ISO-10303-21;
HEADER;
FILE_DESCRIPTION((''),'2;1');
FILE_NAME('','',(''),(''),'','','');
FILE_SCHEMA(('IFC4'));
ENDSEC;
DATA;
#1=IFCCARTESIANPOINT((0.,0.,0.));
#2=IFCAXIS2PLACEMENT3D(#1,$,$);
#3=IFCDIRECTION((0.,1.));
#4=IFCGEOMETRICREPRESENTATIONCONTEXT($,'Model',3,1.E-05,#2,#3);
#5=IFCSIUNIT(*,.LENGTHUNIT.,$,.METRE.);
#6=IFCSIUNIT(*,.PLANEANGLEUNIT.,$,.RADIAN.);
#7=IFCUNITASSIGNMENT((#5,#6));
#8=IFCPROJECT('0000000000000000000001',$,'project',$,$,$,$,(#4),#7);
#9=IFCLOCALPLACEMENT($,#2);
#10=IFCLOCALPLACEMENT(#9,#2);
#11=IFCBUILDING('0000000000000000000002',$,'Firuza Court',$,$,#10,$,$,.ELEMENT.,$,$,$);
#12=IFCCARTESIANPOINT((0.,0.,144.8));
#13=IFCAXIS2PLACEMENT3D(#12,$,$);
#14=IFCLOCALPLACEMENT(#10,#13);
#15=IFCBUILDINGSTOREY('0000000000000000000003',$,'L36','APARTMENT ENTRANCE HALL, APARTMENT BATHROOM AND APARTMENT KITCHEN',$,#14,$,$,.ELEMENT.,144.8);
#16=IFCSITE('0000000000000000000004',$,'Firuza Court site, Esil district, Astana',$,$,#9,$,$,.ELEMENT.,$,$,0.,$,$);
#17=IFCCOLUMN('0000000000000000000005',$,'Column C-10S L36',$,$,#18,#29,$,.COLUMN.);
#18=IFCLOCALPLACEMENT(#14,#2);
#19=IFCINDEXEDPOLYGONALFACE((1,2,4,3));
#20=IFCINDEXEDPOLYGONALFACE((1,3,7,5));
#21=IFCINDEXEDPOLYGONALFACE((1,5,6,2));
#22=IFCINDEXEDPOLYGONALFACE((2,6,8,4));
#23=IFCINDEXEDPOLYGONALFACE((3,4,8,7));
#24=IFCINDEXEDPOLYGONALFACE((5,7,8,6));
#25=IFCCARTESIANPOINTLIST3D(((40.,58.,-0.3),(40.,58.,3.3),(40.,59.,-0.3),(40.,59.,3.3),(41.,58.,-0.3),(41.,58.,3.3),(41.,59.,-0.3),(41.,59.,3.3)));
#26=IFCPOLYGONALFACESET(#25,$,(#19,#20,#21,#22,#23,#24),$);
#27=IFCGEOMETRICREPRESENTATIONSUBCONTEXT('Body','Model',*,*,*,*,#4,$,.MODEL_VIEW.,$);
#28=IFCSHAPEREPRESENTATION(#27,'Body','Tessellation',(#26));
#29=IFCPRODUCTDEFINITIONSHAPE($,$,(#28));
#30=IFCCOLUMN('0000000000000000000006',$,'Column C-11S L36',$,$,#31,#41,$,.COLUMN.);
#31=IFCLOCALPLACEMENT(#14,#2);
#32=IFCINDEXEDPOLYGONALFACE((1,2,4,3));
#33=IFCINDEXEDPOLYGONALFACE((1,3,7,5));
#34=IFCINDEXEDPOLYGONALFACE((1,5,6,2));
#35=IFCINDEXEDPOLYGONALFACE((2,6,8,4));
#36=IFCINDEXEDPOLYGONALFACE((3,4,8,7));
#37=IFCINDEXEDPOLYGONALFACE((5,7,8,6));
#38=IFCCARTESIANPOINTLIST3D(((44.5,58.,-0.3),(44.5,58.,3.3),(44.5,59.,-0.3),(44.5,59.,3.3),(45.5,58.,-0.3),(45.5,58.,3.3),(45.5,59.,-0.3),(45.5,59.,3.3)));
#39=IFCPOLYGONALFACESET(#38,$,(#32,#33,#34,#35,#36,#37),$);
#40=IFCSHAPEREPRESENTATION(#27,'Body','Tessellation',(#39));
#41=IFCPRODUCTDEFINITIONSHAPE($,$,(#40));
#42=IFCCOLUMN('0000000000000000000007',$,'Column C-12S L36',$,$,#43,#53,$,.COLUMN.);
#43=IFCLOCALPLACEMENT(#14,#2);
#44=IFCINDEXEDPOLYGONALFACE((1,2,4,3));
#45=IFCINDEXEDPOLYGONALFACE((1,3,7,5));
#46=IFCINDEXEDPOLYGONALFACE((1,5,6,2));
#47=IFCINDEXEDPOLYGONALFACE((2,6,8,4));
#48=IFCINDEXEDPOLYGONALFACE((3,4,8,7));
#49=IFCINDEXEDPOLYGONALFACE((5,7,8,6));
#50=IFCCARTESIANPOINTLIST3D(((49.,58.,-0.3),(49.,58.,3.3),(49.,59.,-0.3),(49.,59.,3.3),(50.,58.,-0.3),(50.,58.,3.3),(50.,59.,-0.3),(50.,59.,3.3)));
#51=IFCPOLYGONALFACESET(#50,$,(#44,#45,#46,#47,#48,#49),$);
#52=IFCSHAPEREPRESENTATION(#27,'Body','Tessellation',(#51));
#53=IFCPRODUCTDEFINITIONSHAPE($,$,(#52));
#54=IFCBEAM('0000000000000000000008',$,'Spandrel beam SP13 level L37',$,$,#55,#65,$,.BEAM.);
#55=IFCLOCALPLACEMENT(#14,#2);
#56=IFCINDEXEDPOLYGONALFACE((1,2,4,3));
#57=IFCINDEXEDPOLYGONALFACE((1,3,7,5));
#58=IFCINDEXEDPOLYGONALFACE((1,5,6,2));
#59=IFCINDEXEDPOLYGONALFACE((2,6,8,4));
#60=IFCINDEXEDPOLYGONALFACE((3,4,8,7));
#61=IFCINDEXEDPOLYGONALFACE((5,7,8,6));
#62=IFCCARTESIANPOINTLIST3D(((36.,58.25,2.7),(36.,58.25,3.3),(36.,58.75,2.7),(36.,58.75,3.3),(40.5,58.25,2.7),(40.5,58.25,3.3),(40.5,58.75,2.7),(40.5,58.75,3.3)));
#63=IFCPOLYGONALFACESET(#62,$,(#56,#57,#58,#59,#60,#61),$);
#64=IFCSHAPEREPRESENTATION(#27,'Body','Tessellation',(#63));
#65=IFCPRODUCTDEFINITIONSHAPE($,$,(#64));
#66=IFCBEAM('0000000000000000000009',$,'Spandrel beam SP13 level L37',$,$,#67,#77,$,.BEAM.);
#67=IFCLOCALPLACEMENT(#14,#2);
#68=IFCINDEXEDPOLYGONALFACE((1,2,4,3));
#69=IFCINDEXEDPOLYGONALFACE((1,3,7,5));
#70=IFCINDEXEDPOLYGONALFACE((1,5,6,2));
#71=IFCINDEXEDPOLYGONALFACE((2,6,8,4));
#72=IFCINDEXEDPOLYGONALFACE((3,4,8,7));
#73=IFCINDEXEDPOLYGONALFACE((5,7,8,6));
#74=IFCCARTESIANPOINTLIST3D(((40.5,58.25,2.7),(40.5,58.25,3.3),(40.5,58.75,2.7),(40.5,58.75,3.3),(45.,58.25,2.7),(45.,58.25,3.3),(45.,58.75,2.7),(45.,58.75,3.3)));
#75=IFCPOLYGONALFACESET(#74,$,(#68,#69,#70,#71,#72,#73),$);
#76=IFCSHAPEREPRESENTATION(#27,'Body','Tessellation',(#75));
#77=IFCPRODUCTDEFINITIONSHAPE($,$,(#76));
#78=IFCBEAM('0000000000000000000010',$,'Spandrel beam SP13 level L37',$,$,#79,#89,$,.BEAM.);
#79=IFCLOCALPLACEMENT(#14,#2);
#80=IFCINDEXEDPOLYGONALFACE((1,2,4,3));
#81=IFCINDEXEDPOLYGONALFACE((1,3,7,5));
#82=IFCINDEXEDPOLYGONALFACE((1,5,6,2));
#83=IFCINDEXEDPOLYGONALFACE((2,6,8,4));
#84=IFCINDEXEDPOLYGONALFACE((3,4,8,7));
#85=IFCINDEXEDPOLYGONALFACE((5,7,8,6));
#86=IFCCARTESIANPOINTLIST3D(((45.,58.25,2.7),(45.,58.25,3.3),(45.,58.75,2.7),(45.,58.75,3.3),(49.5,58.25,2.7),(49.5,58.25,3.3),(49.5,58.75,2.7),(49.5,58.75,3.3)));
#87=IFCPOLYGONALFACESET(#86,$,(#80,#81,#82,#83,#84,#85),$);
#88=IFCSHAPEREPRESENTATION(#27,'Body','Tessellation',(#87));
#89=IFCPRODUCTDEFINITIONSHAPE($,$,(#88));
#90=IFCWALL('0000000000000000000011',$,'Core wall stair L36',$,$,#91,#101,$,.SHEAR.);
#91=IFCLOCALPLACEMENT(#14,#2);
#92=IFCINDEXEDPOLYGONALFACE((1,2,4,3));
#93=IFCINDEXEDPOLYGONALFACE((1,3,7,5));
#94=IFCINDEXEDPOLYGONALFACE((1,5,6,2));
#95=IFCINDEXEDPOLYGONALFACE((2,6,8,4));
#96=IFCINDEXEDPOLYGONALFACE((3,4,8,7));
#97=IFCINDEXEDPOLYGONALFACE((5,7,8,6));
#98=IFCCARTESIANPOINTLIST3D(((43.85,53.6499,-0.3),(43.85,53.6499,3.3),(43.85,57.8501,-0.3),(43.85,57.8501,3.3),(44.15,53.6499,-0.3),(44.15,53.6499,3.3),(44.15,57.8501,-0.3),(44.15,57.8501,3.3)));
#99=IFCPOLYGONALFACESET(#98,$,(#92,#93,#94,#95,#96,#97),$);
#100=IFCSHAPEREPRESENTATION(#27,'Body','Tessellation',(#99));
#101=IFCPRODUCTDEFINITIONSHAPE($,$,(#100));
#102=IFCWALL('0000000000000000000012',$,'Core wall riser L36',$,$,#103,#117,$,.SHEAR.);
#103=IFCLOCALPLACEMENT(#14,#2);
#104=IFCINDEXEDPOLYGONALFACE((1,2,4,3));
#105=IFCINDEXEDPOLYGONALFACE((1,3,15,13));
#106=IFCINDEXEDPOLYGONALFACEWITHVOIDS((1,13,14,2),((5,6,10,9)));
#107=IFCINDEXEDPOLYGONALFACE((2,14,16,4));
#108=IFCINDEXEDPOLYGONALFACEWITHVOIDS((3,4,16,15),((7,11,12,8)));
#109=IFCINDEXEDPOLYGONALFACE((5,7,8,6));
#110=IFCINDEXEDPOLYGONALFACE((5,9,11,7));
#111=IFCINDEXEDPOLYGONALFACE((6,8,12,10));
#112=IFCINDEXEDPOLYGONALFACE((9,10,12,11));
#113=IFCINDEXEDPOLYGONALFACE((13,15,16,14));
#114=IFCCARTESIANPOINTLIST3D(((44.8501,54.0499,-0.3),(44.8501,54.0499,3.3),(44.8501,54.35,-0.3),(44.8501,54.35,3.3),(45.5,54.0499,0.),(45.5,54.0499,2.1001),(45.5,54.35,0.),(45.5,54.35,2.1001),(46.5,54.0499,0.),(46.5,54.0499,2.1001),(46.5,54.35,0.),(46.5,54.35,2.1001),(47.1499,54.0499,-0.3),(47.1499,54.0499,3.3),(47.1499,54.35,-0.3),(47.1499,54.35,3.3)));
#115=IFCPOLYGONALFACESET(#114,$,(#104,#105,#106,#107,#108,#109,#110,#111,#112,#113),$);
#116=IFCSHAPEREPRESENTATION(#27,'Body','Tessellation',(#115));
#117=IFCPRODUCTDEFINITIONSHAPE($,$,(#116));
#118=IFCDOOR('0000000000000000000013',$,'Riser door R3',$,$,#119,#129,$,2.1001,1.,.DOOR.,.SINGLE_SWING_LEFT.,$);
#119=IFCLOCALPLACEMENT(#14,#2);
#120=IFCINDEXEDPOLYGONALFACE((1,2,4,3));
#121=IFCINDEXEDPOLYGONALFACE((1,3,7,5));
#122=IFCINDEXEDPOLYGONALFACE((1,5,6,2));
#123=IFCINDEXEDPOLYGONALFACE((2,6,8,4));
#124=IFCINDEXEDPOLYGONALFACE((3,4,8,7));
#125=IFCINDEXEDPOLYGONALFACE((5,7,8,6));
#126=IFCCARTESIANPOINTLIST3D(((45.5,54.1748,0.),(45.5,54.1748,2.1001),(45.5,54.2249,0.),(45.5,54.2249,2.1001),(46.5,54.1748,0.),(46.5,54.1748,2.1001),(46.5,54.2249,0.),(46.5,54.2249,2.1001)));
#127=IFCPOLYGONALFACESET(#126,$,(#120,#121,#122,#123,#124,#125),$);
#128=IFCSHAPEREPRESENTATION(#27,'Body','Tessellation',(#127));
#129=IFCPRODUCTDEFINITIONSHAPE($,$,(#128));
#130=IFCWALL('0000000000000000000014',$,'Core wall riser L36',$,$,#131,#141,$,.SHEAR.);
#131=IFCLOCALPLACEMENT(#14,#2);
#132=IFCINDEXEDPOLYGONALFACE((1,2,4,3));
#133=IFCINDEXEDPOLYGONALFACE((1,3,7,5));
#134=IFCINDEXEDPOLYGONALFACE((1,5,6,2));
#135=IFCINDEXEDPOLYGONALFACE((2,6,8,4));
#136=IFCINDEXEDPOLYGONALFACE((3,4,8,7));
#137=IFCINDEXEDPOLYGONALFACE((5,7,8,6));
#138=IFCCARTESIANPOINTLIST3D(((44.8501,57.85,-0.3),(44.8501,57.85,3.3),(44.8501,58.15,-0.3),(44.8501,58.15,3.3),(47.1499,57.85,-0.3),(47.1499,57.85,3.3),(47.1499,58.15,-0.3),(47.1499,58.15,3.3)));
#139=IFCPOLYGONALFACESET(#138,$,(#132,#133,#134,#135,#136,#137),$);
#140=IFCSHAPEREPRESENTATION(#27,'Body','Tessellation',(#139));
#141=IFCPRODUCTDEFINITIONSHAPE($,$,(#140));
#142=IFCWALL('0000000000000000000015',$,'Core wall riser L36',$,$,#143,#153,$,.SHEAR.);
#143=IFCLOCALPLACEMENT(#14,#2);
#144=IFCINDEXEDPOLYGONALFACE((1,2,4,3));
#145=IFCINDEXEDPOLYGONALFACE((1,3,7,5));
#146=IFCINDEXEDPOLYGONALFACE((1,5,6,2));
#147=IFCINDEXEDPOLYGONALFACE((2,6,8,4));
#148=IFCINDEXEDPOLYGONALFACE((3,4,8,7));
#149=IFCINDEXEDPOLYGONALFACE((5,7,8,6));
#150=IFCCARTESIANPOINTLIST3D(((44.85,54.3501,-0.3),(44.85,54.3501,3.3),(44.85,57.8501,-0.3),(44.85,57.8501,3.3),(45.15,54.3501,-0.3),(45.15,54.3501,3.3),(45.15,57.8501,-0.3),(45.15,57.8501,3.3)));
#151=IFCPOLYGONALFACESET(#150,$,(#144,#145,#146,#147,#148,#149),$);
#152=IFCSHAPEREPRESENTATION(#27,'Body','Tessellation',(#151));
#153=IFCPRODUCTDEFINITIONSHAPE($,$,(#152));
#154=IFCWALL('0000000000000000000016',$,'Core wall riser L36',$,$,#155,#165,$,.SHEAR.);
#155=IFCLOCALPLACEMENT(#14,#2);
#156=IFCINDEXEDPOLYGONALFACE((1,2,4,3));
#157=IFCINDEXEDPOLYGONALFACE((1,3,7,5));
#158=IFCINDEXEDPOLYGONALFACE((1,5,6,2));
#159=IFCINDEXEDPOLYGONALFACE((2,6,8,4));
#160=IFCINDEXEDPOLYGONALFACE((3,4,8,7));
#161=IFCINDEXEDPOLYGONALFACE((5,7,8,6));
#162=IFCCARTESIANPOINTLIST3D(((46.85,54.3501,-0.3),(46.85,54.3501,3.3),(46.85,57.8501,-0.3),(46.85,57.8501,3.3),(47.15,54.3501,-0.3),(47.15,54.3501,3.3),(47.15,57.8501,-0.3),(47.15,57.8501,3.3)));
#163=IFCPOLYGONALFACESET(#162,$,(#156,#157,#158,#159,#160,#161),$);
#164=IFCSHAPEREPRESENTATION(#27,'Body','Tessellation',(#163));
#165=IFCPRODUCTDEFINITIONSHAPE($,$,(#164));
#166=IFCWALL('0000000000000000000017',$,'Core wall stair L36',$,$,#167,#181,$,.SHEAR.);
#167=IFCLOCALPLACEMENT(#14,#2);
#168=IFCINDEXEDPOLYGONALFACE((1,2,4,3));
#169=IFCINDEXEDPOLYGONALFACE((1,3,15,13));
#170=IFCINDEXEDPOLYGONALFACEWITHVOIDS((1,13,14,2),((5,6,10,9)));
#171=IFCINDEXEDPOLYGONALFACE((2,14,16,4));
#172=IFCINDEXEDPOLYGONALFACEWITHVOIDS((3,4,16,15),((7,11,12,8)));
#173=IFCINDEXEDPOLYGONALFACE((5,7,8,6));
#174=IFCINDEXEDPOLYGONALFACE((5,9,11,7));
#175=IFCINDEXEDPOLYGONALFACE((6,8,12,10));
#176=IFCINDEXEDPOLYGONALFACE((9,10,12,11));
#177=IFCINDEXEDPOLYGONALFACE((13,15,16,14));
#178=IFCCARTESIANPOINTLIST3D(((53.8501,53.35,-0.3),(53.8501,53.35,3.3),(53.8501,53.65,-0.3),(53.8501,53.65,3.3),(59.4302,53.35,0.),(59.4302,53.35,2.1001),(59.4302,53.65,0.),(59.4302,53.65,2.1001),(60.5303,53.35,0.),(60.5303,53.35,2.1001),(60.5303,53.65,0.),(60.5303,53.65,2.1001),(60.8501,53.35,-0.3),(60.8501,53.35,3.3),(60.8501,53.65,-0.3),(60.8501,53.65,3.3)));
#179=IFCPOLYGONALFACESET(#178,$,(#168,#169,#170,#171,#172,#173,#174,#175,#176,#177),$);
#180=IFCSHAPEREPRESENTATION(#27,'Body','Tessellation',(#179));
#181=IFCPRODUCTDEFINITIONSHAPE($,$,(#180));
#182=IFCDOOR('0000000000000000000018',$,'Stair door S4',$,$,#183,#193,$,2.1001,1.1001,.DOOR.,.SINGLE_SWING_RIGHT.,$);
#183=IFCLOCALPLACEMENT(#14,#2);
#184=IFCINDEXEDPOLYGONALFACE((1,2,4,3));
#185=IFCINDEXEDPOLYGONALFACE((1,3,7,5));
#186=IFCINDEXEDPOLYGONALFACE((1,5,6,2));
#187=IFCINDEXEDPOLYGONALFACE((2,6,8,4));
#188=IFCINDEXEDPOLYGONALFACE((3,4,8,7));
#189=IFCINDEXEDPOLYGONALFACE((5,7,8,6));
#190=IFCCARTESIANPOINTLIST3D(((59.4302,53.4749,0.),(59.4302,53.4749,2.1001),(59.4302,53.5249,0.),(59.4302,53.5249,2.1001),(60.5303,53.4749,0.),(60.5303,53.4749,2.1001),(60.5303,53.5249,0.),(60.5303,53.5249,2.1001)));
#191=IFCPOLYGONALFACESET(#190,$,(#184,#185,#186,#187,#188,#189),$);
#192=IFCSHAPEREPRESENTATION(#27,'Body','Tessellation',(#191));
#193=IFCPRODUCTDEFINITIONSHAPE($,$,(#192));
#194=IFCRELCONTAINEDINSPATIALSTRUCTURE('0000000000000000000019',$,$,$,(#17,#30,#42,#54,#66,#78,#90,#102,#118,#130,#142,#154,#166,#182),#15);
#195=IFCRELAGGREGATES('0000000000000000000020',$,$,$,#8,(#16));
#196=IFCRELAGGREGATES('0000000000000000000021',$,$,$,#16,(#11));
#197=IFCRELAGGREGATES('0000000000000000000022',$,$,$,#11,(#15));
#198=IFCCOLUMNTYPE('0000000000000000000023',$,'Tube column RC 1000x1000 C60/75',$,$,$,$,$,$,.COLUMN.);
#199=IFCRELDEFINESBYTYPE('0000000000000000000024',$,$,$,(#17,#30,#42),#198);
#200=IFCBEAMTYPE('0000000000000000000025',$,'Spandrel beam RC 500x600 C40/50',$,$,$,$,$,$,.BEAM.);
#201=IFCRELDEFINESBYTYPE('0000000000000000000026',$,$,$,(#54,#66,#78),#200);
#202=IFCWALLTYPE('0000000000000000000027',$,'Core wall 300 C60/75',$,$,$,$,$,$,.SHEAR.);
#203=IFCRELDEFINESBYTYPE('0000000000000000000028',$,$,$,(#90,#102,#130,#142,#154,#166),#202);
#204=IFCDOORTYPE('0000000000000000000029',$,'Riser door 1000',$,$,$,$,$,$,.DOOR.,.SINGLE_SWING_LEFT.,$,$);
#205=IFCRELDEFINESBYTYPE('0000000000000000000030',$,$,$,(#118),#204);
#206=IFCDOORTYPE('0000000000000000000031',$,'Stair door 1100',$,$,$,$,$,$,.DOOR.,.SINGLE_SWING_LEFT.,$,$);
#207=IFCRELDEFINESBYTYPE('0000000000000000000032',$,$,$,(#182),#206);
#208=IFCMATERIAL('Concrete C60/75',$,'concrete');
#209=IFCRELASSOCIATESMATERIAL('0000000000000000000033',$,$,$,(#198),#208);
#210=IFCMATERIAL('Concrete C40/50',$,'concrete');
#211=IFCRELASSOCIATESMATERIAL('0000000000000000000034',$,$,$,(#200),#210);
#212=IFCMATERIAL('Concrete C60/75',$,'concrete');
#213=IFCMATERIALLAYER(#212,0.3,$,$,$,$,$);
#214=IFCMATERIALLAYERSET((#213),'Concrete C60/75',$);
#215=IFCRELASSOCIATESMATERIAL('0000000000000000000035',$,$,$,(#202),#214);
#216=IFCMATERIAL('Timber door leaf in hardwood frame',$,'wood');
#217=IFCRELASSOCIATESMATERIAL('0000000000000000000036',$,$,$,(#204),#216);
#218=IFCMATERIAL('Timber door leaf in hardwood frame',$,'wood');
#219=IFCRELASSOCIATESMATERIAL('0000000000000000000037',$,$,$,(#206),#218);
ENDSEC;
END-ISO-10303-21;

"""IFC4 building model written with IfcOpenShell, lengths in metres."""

from ifc_helpers import new_model, si_unit, direction, frame, frame_2d, origin, origin_2d, place, context, subcontext, project, spatial, rectangle, extrude, material, layer, layer_set, material_profile, profile_set, type_object, element, fill, save


model = new_model("IFC4")

# Units and contexts
model_context = context("Model", 3, precision=1e-05, world=origin(), true_north=direction((0.0, 1.0)))
body_context = subcontext(model_context, "Body", "Model", "MODEL_VIEW")
ifc_project = project(units=[si_unit("LENGTHUNIT", "METRE"), si_unit("PLANEANGLEUNIT", "RADIAN")], contexts=[model_context])

# Site, building, storey
site_placement = place(None, origin())
site = spatial("IfcSite", under=ifc_project, at=site_placement, Name="Firuza Court site, Esil district, Astana", CompositionType="ELEMENT", RefElevation=0.0)
building_placement = place(site_placement, origin())
building = spatial("IfcBuilding", under=site, at=building_placement, Name="Firuza Court", CompositionType="ELEMENT")
storey_placement = place(building_placement, frame((0.0, 0.0, 144.8)))
storey = spatial("IfcBuildingStorey", under=building, at=storey_placement, Name="L36", Description="APARTMENT ENTRANCE HALL, APARTMENT BATHROOM AND APARTMENT KITCHEN", CompositionType="ELEMENT", Elevation=144.8)

# Columns
ifc_material_1 = material(Name="Concrete C60/75", Category="concrete")
ifc_material_profile_1 = material_profile(ifc_material_1, rectangle(XDim=1.0, YDim=1.0, at=origin_2d()), Name="RC 1000x1000")
ifc_profile_set_1 = profile_set([ifc_material_profile_1], Name="Concrete C60/75")
column_type = type_object("IfcColumnType", Name="Tube column RC 1000x1000 C60/75", PredefinedType="COLUMN", material=ifc_profile_set_1)
for number, where, z_axis, x_axis, name in (
    (1, (40.5, 58.5, -0.3), (0.0, 0.0, 1.0), (1.0, 0.0, 0.0), "Column C-10S L36"),
    (2, (45.0, 58.5, -0.3), (0.0, 0.0, 1.0), (1.0, 0.0, 0.0), "Column C-11S L36"),
    (3, (49.5, 58.5, -0.3), (0.0, 0.0, 1.0), (1.0, 0.0, 0.0), "Column C-12S L36"),
):
    element("IfcColumn", number, at=place(storey_placement, frame(where, z_axis=z_axis, x_axis=x_axis)), inside=storey, type_object=column_type, Name=name, PredefinedType="COLUMN", context=body_context, shape_type="SweptSolid", body=[
        extrude(rectangle(XDim=1.0, YDim=1.0, at=origin_2d()), origin(), (0.0, 0.0, 1.0), 3.6001),
    ])

# Beams
ifc_material_2 = material(Name="Concrete C40/50", Category="concrete")
ifc_material_profile_2 = material_profile(ifc_material_2, rectangle(XDim=0.5, YDim=0.6001, at=origin_2d()), Name="RC 500x600")
ifc_profile_set_2 = profile_set([ifc_material_profile_2], Name="Concrete C40/50")
beam_type = type_object("IfcBeamType", Name="Spandrel beam RC 500x600 C40/50", PredefinedType="BEAM", material=ifc_profile_set_2)
for number, where, z_axis, x_axis, name in (
    (4, (40.5, 58.5, 3.0), (-1.0, 0.0, 0.0), (0.0, -1.0, 0.0), "Spandrel beam SP13 level L37"),
    (5, (45.0, 58.5, 3.0), (-1.0, 0.0, 0.0), (0.0, -1.0, 0.0), "Spandrel beam SP13 level L37"),
    (6, (49.5, 58.5, 3.0), (-1.0, 0.0, 0.0), (0.0, -1.0, 0.0), "Spandrel beam SP13 level L37"),
):
    element("IfcBeam", number, at=place(storey_placement, frame(where, z_axis=z_axis, x_axis=x_axis)), inside=storey, type_object=beam_type, Name=name, PredefinedType="BEAM", context=body_context, shape_type="SweptSolid", body=[
        extrude(rectangle(XDim=0.5, YDim=0.6001, at=origin_2d()), origin(), (0.0, 0.0, 1.0), 4.5),
    ])

# Wall
ifc_material_3 = material(Name="Concrete C60/75", Category="concrete")
ifc_layer_1 = layer(ifc_material_3, 0.3)
ifc_layer_set_1 = layer_set([ifc_layer_1], Name="Concrete C60/75")
wall_type_1 = type_object("IfcWallType", Name="Core wall 300 C60/75", PredefinedType="SHEAR", material=ifc_layer_set_1)
wall_1_placement = place(storey_placement, frame((44.0, 53.6499, -0.3), z_axis=(0.0, 0.0, 1.0), x_axis=(0.0, 1.0, 0.0)))
element("IfcWall", 7, at=wall_1_placement, inside=storey, type_object=wall_type_1, Name="Core wall stair L36", PredefinedType="SHEAR", context=body_context, shape_type="SweptSolid", body=[
    extrude(rectangle(XDim=4.2002, YDim=0.3, at=frame_2d((2.1001, 0.0))), origin(), (0.0, 0.0, 1.0), 3.6001),
])

# Wall, opening, door
wall_2_placement = place(storey_placement, frame((44.8501, 54.2, -0.3), z_axis=(0.0, 0.0, 1.0), x_axis=(1.0, 0.0, 0.0)))
wall_2 = element("IfcWall", 8, at=wall_2_placement, inside=storey, type_object=wall_type_1, Name="Core wall riser L36", PredefinedType="SHEAR", context=body_context, shape_type="SweptSolid", body=[
    extrude(rectangle(XDim=2.2998, YDim=0.3, at=frame_2d((1.1499, 0.0))), origin(), (0.0, 0.0, 1.0), 3.6001),
])
opening_1_placement = place(wall_2_placement, frame((0.6499, 0.0, 0.3)))
opening_1 = element("IfcOpeningElement", 9, at=opening_1_placement, cuts=wall_2, PredefinedType="OPENING", context=body_context, shape_type="SweptSolid", body=[
    extrude(rectangle(XDim=1.0, YDim=2.1001, at=frame_2d((0.5, 1.05))), frame((0.0, 0.1621, 0.0), z_axis=(0.0, -1.0, 0.0), x_axis=(1.0, 0.0, 0.0)), (0.0, 0.0, 1.0), 0.324),
])
ifc_material_4 = material(Name="Timber door leaf in hardwood frame", Category="wood")
door_type_1 = type_object("IfcDoorType", Name="Riser door 1000", OperationType="SINGLE_SWING_LEFT", PredefinedType="DOOR", material=ifc_material_4)
door_1_placement = place(opening_1_placement, origin())
door_1 = element("IfcDoor", 10, at=door_1_placement, inside=storey, type_object=door_type_1, Name="Riser door R3", OperationType="SINGLE_SWING_LEFT", OverallHeight=2.1001, OverallWidth=1.0, PredefinedType="DOOR", context=body_context, shape_type="SweptSolid", body=[
    extrude(rectangle(XDim=1.0, YDim=2.1001, at=frame_2d((0.5, 1.05))), frame((0.0, 0.0249, 0.0), z_axis=(0.0, -1.0, 0.0), x_axis=(1.0, 0.0, 0.0)), (0.0, 0.0, 1.0), 0.05),
])
fill(opening_1, door_1)

# Walls
wall_3_placement = place(storey_placement, frame((44.8501, 58.0, -0.3), z_axis=(0.0, 0.0, 1.0), x_axis=(1.0, 0.0, 0.0)))
element("IfcWall", 11, at=wall_3_placement, inside=storey, type_object=wall_type_1, Name="Core wall riser L36", PredefinedType="SHEAR", context=body_context, shape_type="SweptSolid", body=[
    extrude(rectangle(XDim=2.2998, YDim=0.3, at=frame_2d((1.1499, 0.0))), origin(), (0.0, 0.0, 1.0), 3.6001),
])
for number, where, z_axis, x_axis, name in (
    (12, (45.0, 54.3501, -0.3), (0.0, 0.0, 1.0), (0.0, 1.0, 0.0), "Core wall riser L36"),
    (13, (47.0, 54.3501, -0.3), (0.0, 0.0, 1.0), (0.0, 1.0, 0.0), "Core wall riser L36"),
):
    element("IfcWall", number, at=place(storey_placement, frame(where, z_axis=z_axis, x_axis=x_axis)), inside=storey, type_object=wall_type_1, Name=name, PredefinedType="SHEAR", context=body_context, shape_type="SweptSolid", body=[
        extrude(rectangle(XDim=3.5, YDim=0.3, at=frame_2d((1.75, 0.0))), origin(), (0.0, 0.0, 1.0), 3.6001),
    ])

# Wall, opening, door
wall_4_placement = place(storey_placement, frame((53.8501, 53.5, -0.3), z_axis=(0.0, 0.0, 1.0), x_axis=(1.0, 0.0, 0.0)))
wall_4 = element("IfcWall", 14, at=wall_4_placement, inside=storey, type_object=wall_type_1, Name="Core wall stair L36", PredefinedType="SHEAR", context=body_context, shape_type="SweptSolid", body=[
    extrude(rectangle(XDim=7.0, YDim=0.3, at=frame_2d((3.5, 0.0))), origin(), (0.0, 0.0, 1.0), 3.6001),
])
opening_2_placement = place(wall_4_placement, frame((5.5801, 0.0, 0.3)))
opening_2 = element("IfcOpeningElement", 15, at=opening_2_placement, cuts=wall_4, PredefinedType="OPENING", context=body_context, shape_type="SweptSolid", body=[
    extrude(rectangle(XDim=1.1001, YDim=2.1001, at=frame_2d((0.55, 1.05))), frame((0.0, 0.1621, 0.0), z_axis=(0.0, -1.0, 0.0), x_axis=(1.0, 0.0, 0.0)), (0.0, 0.0, 1.0), 0.324),
])
ifc_material_5 = material(Name="Timber door leaf in hardwood frame", Category="wood")
door_type_2 = type_object("IfcDoorType", Name="Stair door 1100", OperationType="SINGLE_SWING_LEFT", PredefinedType="DOOR", material=ifc_material_5)
door_2_placement = place(opening_2_placement, origin())
door_2 = element("IfcDoor", 16, at=door_2_placement, inside=storey, type_object=door_type_2, Name="Stair door S4", OperationType="SINGLE_SWING_RIGHT", OverallHeight=2.1001, OverallWidth=1.1001, PredefinedType="DOOR", context=body_context, shape_type="SweptSolid", body=[
    extrude(rectangle(XDim=1.1001, YDim=2.1001, at=frame_2d((0.55, 1.05))), frame((0.0, 0.0249, 0.0), z_axis=(0.0, -1.0, 0.0), x_axis=(1.0, 0.0, 0.0)), (0.0, 0.0, 1.0), 0.05),
])
fill(opening_2, door_2)

save(model, "model.ifc")
